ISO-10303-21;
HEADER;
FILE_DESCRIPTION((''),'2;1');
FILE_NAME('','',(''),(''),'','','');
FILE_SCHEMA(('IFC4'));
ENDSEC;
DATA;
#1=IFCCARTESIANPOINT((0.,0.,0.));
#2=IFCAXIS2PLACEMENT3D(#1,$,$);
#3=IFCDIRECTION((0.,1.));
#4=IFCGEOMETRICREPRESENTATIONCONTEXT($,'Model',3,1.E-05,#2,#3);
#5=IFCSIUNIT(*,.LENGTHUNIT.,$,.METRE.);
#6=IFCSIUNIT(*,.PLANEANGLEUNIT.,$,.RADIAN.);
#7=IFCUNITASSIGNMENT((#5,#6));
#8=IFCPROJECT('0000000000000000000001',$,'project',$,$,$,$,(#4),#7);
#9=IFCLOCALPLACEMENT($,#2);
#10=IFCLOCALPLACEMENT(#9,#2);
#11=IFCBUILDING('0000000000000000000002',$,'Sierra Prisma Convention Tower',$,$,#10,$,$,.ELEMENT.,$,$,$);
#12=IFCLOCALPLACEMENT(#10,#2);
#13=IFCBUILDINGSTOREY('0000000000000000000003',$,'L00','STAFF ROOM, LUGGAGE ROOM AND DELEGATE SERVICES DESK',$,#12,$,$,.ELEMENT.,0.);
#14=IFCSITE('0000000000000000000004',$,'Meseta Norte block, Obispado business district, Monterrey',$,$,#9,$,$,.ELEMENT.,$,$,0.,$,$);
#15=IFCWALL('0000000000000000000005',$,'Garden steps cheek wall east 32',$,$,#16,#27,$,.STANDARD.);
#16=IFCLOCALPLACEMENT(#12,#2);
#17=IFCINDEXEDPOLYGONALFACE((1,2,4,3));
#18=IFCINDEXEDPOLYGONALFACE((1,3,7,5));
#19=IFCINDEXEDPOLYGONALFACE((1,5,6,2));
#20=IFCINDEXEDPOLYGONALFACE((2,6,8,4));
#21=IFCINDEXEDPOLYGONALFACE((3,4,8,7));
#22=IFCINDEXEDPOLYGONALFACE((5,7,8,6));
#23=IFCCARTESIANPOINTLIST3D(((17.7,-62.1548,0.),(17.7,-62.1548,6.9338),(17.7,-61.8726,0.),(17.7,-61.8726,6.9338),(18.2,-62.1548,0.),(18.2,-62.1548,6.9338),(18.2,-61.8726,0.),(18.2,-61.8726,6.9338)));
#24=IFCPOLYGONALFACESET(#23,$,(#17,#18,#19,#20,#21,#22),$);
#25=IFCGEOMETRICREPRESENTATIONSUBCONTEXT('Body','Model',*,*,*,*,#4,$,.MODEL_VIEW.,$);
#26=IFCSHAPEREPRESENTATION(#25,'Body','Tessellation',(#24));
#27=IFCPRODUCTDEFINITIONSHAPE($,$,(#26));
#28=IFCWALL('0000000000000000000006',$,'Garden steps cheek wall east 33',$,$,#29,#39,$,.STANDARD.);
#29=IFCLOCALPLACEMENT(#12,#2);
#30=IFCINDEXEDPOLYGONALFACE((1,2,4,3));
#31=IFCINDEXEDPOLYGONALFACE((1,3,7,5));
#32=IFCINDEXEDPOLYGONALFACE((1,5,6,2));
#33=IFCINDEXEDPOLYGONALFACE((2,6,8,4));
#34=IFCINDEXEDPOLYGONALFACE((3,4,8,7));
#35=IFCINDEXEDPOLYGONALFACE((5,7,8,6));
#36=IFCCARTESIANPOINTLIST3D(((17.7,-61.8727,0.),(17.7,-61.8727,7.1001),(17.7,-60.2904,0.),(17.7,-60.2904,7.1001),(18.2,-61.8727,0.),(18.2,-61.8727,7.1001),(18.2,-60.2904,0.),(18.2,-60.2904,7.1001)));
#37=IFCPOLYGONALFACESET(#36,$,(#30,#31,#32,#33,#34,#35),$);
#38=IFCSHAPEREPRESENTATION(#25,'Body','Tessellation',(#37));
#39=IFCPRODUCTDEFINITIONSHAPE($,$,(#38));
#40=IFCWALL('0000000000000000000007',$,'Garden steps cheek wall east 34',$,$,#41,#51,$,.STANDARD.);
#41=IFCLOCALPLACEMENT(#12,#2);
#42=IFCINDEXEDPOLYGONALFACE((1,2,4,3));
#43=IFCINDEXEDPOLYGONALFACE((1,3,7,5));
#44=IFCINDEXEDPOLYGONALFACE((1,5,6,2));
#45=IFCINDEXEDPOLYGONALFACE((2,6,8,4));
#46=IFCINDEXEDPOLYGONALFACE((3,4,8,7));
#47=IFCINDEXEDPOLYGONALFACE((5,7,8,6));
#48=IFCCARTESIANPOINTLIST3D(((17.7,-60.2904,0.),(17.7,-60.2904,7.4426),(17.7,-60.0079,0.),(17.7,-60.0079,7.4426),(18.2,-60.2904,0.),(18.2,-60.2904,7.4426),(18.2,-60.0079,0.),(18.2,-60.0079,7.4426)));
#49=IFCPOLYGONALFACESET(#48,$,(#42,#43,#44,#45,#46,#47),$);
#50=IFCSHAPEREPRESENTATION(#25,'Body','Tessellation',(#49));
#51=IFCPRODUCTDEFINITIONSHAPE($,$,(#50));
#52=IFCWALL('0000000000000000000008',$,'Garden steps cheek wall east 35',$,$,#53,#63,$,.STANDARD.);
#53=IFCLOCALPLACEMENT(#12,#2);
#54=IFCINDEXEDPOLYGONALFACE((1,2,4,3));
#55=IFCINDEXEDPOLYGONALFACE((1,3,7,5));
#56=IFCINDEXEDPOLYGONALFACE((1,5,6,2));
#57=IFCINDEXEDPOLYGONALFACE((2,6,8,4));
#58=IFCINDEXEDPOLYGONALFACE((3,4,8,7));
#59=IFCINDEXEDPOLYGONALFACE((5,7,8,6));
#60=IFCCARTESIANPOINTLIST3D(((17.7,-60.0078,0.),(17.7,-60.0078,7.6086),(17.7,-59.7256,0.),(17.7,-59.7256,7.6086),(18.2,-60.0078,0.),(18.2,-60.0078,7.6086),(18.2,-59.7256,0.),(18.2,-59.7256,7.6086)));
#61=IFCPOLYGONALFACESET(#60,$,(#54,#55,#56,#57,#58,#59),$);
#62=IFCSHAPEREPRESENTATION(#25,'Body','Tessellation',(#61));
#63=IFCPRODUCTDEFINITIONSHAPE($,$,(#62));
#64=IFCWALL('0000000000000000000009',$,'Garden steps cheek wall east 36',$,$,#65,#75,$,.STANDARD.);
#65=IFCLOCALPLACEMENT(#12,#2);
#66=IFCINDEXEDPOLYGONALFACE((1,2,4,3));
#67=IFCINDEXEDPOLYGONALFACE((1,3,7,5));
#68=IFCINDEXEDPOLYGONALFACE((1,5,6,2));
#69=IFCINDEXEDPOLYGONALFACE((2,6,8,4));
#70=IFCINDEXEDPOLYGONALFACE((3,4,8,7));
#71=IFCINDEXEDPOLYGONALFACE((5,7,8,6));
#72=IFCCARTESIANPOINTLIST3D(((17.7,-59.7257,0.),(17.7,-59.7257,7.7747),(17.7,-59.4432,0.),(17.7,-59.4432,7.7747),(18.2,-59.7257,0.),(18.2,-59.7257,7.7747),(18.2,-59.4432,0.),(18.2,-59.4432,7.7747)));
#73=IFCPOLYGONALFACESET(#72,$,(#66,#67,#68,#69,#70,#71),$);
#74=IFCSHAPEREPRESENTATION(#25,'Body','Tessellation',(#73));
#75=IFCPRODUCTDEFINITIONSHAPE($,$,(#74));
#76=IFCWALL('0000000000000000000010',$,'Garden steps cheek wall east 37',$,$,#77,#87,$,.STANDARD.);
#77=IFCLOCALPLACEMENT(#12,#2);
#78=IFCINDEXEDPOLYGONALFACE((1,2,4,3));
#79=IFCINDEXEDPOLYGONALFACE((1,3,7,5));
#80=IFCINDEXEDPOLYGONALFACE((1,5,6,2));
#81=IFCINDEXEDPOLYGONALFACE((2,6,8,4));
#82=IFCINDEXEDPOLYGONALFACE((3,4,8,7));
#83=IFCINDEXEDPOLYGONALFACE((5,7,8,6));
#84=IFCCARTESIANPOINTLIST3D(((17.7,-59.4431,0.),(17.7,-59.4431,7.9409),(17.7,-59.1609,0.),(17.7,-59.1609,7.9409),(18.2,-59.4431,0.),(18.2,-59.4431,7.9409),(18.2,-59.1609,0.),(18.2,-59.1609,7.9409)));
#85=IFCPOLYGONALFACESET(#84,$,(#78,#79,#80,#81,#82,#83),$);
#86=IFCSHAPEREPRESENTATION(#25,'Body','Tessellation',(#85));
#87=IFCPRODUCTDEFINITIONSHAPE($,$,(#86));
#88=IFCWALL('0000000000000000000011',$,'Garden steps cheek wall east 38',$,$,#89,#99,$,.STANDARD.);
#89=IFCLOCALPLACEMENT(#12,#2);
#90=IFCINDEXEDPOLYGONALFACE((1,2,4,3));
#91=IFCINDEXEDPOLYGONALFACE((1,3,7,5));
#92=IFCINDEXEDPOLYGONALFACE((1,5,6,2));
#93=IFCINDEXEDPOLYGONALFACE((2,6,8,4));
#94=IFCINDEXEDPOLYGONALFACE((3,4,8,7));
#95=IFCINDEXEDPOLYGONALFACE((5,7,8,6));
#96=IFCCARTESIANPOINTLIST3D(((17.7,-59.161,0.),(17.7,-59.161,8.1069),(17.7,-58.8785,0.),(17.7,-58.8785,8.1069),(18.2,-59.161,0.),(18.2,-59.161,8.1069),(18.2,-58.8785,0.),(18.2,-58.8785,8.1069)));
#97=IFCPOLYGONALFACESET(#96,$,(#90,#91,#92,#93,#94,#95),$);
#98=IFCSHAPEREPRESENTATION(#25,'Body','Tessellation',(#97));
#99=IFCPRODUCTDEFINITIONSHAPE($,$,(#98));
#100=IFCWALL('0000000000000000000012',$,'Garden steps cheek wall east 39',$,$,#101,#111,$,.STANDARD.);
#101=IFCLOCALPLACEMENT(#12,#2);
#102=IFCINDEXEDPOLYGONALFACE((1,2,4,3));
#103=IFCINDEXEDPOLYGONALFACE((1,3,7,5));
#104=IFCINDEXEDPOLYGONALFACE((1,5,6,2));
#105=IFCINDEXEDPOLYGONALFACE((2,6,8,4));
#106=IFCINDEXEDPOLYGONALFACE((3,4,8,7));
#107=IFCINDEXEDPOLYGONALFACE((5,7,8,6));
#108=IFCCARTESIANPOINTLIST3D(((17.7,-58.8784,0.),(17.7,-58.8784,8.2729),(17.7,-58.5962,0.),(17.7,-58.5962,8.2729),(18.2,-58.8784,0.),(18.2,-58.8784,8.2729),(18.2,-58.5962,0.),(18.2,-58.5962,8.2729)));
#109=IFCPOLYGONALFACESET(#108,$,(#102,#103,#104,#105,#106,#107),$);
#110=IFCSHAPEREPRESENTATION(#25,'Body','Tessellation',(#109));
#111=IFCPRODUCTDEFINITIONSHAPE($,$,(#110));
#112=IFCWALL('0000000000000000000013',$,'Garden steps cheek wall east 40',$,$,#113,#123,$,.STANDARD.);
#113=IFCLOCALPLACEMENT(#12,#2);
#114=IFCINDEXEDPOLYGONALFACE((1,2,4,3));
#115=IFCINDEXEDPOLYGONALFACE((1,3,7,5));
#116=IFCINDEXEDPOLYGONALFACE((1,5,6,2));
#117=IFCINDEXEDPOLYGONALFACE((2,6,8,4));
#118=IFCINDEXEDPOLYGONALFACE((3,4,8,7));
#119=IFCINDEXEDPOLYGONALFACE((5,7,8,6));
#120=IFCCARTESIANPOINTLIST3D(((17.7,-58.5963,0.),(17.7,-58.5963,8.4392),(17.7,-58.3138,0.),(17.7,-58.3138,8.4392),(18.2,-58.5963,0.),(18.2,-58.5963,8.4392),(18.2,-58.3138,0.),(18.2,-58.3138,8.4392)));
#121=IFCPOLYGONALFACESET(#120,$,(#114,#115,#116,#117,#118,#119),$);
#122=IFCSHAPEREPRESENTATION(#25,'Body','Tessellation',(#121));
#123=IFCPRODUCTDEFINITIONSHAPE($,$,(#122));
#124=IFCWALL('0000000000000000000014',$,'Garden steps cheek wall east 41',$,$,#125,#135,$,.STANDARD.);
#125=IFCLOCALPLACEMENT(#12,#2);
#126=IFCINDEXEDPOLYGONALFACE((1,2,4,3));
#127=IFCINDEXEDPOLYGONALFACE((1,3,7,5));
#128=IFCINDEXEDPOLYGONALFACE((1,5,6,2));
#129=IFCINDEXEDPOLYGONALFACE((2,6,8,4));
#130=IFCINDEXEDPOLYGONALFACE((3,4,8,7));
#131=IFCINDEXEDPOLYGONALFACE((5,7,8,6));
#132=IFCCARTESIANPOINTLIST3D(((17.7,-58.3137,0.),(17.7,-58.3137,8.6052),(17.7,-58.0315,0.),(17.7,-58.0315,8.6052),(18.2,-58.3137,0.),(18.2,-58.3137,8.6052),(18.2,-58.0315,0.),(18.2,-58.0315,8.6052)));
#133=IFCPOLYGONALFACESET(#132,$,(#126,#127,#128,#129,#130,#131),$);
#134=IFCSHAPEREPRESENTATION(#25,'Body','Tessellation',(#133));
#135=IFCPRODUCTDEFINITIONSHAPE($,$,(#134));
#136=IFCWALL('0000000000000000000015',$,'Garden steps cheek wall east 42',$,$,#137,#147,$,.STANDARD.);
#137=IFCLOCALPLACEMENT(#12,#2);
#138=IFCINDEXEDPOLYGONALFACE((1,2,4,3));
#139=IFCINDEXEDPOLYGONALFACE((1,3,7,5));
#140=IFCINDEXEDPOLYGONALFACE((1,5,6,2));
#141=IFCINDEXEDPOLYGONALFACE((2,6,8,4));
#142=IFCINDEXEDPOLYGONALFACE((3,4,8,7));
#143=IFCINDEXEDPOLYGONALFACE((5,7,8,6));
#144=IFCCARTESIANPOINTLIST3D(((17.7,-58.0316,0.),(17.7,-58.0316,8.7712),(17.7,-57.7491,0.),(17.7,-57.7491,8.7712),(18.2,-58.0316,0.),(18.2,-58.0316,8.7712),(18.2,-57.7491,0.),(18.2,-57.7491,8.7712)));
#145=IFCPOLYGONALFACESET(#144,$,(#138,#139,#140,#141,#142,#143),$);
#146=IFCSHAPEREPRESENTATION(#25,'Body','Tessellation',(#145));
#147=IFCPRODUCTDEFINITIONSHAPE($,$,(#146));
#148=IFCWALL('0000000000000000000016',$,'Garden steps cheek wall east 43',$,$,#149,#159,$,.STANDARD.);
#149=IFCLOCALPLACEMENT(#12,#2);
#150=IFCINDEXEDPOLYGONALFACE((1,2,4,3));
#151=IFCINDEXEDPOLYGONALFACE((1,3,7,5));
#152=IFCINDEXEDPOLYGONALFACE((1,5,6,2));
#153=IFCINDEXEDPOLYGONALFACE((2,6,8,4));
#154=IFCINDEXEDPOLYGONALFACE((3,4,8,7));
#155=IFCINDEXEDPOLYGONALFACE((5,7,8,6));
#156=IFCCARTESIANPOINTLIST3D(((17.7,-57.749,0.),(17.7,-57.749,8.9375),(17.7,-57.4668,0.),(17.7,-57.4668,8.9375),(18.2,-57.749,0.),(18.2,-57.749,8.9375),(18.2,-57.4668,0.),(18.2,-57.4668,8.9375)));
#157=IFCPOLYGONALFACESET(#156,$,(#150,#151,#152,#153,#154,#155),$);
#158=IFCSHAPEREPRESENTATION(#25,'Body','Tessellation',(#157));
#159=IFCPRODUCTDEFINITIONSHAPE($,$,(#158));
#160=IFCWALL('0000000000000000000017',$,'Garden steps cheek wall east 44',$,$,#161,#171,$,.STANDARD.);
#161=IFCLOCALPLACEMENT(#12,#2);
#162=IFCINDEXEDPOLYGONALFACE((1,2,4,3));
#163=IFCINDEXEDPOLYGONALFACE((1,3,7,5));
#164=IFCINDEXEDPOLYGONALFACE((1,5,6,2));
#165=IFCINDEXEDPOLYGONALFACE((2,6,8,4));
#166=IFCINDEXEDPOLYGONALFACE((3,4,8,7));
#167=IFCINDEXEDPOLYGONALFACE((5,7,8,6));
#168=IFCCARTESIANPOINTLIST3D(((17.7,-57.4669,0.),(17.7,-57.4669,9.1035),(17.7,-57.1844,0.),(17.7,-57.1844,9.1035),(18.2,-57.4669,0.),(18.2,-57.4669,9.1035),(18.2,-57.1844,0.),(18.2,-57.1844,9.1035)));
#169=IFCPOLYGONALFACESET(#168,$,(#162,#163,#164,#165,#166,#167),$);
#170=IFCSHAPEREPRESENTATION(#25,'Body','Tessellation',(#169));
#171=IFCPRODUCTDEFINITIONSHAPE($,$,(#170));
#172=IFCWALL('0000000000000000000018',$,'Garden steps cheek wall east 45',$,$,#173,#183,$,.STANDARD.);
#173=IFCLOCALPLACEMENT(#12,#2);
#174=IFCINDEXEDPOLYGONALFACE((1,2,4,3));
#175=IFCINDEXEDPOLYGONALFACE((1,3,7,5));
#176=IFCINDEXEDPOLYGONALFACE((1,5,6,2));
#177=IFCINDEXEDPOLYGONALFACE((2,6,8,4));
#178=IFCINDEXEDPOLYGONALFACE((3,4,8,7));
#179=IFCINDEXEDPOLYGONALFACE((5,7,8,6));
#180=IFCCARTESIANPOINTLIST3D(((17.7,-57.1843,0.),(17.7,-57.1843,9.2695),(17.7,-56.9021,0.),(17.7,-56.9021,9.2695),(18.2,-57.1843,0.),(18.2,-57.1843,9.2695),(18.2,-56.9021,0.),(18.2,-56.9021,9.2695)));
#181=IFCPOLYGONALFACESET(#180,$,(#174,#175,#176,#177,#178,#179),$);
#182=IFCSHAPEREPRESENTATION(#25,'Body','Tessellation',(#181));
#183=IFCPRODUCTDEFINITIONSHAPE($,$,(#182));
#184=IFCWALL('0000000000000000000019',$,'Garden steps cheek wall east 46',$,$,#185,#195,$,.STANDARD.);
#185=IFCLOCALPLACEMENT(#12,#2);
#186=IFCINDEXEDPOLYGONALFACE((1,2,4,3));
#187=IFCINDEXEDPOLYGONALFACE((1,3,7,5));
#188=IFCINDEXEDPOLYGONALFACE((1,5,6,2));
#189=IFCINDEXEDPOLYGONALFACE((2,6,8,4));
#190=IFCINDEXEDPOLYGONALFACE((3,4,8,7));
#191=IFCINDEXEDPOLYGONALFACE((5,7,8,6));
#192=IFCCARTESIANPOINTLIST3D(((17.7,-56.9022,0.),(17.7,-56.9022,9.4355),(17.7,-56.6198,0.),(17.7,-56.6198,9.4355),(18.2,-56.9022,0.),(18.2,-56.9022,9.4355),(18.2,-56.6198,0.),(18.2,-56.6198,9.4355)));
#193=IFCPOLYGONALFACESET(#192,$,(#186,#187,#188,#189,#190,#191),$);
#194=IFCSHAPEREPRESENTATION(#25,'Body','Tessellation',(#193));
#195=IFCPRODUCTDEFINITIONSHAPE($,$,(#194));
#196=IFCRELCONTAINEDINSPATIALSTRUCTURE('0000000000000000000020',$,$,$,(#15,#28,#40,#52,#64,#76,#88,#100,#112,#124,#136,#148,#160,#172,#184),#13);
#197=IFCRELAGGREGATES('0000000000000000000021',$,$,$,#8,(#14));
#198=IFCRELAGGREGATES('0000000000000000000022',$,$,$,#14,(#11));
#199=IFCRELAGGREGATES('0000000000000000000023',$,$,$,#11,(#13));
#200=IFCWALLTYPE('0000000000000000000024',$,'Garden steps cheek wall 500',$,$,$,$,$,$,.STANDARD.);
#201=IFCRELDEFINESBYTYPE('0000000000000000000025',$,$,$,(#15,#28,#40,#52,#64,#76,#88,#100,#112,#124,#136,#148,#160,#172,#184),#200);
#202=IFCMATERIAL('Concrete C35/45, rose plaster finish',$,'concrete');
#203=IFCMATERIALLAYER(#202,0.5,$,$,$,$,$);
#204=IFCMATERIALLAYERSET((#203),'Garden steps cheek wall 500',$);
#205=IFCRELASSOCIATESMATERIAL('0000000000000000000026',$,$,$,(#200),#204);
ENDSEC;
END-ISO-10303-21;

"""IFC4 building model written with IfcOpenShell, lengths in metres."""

from ifc_helpers import new_model, si_unit, direction, frame, frame_2d, origin, place, context, subcontext, project, spatial, rectangle, extrude, material, layer, layer_set, type_object, element, save


model = new_model("IFC4")

# Units and contexts
model_context = context("Model", 3, precision=1e-05, world=origin(), true_north=direction((0.0, 1.0)))
body_context = subcontext(model_context, "Body", "Model", "MODEL_VIEW")
ifc_project = project(units=[si_unit("LENGTHUNIT", "METRE"), si_unit("PLANEANGLEUNIT", "RADIAN")], contexts=[model_context])

# Site, building, storey
site_placement = place(None, origin())
site = spatial("IfcSite", under=ifc_project, at=site_placement, Name="Meseta Norte block, Obispado business district, Monterrey", CompositionType="ELEMENT", RefElevation=0.0)
building_placement = place(site_placement, origin())
building = spatial("IfcBuilding", under=site, at=building_placement, Name="Sierra Prisma Convention Tower", CompositionType="ELEMENT")
storey_placement = place(building_placement, origin())
storey = spatial("IfcBuildingStorey", under=building, at=storey_placement, Name="L00", Description="STAFF ROOM, LUGGAGE ROOM AND DELEGATE SERVICES DESK", CompositionType="ELEMENT", Elevation=0.0)

# Walls
ifc_material_1 = material(Name="Concrete C35/45, rose plaster finish", Category="concrete")
ifc_layer_1 = layer(ifc_material_1, 0.5)
ifc_layer_set_1 = layer_set([ifc_layer_1], Name="Garden steps cheek wall 500")
wall_type_1 = type_object("IfcWallType", Name="Garden steps cheek wall 500", PredefinedType="STANDARD", material=ifc_layer_set_1)
wall_1_placement = place(storey_placement, frame((17.95, -62.1548, 0.0), z_axis=(0.0, 0.0, 1.0), x_axis=(0.0, 1.0, 0.0)))
element("IfcWall", 1, at=wall_1_placement, inside=storey, type_object=wall_type_1, Name="Garden steps cheek wall east 32", PredefinedType="STANDARD", context=body_context, shape_type="SweptSolid", body=[
    extrude(rectangle(XDim=0.2822, YDim=0.5, at=frame_2d((0.1411, 0.0))), origin(), (0.0, 0.0, 1.0), 6.9338),
])
wall_2_placement = place(storey_placement, frame((17.95, -61.8726, 0.0), z_axis=(0.0, 0.0, 1.0), x_axis=(0.0, 1.0, 0.0)))
element("IfcWall", 2, at=wall_2_placement, inside=storey, type_object=wall_type_1, Name="Garden steps cheek wall east 33", PredefinedType="STANDARD", context=body_context, shape_type="SweptSolid", body=[
    extrude(rectangle(XDim=1.5823, YDim=0.5, at=frame_2d((0.791, 0.0))), origin(), (0.0, 0.0, 1.0), 7.1001),
])
wall_3_placement = place(storey_placement, frame((17.95, -60.2903, 0.0), z_axis=(0.0, 0.0, 1.0), x_axis=(0.0, 1.0, 0.0)))
element("IfcWall", 3, at=wall_3_placement, inside=storey, type_object=wall_type_1, Name="Garden steps cheek wall east 34", PredefinedType="STANDARD", context=body_context, shape_type="SweptSolid", body=[
    extrude(rectangle(XDim=0.2825, YDim=0.5, at=frame_2d((0.1411, 0.0))), origin(), (0.0, 0.0, 1.0), 7.4426),
])
wall_4_placement = place(storey_placement, frame((17.95, -60.0078, 0.0), z_axis=(0.0, 0.0, 1.0), x_axis=(0.0, 1.0, 0.0)))
element("IfcWall", 4, at=wall_4_placement, inside=storey, type_object=wall_type_1, Name="Garden steps cheek wall east 35", PredefinedType="STANDARD", context=body_context, shape_type="SweptSolid", body=[
    extrude(rectangle(XDim=0.2822, YDim=0.5, at=frame_2d((0.1411, 0.0))), origin(), (0.0, 0.0, 1.0), 7.6086),
])
wall_5_placement = place(storey_placement, frame((17.95, -59.7256, 0.0), z_axis=(0.0, 0.0, 1.0), x_axis=(0.0, 1.0, 0.0)))
element("IfcWall", 5, at=wall_5_placement, inside=storey, type_object=wall_type_1, Name="Garden steps cheek wall east 36", PredefinedType="STANDARD", context=body_context, shape_type="SweptSolid", body=[
    extrude(rectangle(XDim=0.2825, YDim=0.5, at=frame_2d((0.1411, 0.0))), origin(), (0.0, 0.0, 1.0), 7.7747),
])
wall_6_placement = place(storey_placement, frame((17.95, -59.4431, 0.0), z_axis=(0.0, 0.0, 1.0), x_axis=(0.0, 1.0, 0.0)))
element("IfcWall", 6, at=wall_6_placement, inside=storey, type_object=wall_type_1, Name="Garden steps cheek wall east 37", PredefinedType="STANDARD", context=body_context, shape_type="SweptSolid", body=[
    extrude(rectangle(XDim=0.2822, YDim=0.5, at=frame_2d((0.1411, 0.0))), origin(), (0.0, 0.0, 1.0), 7.9409),
])
wall_7_placement = place(storey_placement, frame((17.95, -59.1609, 0.0), z_axis=(0.0, 0.0, 1.0), x_axis=(0.0, 1.0, 0.0)))
element("IfcWall", 7, at=wall_7_placement, inside=storey, type_object=wall_type_1, Name="Garden steps cheek wall east 38", PredefinedType="STANDARD", context=body_context, shape_type="SweptSolid", body=[
    extrude(rectangle(XDim=0.2825, YDim=0.5, at=frame_2d((0.1411, 0.0))), origin(), (0.0, 0.0, 1.0), 8.1069),
])
wall_8_placement = place(storey_placement, frame((17.95, -58.8784, 0.0), z_axis=(0.0, 0.0, 1.0), x_axis=(0.0, 1.0, 0.0)))
element("IfcWall", 8, at=wall_8_placement, inside=storey, type_object=wall_type_1, Name="Garden steps cheek wall east 39", PredefinedType="STANDARD", context=body_context, shape_type="SweptSolid", body=[
    extrude(rectangle(XDim=0.2822, YDim=0.5, at=frame_2d((0.1411, 0.0))), origin(), (0.0, 0.0, 1.0), 8.2729),
])
wall_9_placement = place(storey_placement, frame((17.95, -58.5962, 0.0), z_axis=(0.0, 0.0, 1.0), x_axis=(0.0, 1.0, 0.0)))
element("IfcWall", 9, at=wall_9_placement, inside=storey, type_object=wall_type_1, Name="Garden steps cheek wall east 40", PredefinedType="STANDARD", context=body_context, shape_type="SweptSolid", body=[
    extrude(rectangle(XDim=0.2825, YDim=0.5, at=frame_2d((0.1411, 0.0))), origin(), (0.0, 0.0, 1.0), 8.4392),
])
wall_10_placement = place(storey_placement, frame((17.95, -58.3137, 0.0), z_axis=(0.0, 0.0, 1.0), x_axis=(0.0, 1.0, 0.0)))
element("IfcWall", 10, at=wall_10_placement, inside=storey, type_object=wall_type_1, Name="Garden steps cheek wall east 41", PredefinedType="STANDARD", context=body_context, shape_type="SweptSolid", body=[
    extrude(rectangle(XDim=0.2822, YDim=0.5, at=frame_2d((0.1411, 0.0))), origin(), (0.0, 0.0, 1.0), 8.6052),
])
wall_11_placement = place(storey_placement, frame((17.95, -58.0315, 0.0), z_axis=(0.0, 0.0, 1.0), x_axis=(0.0, 1.0, 0.0)))
element("IfcWall", 11, at=wall_11_placement, inside=storey, type_object=wall_type_1, Name="Garden steps cheek wall east 42", PredefinedType="STANDARD", context=body_context, shape_type="SweptSolid", body=[
    extrude(rectangle(XDim=0.2825, YDim=0.5, at=frame_2d((0.1411, 0.0))), origin(), (0.0, 0.0, 1.0), 8.7712),
])
wall_12_placement = place(storey_placement, frame((17.95, -57.749, 0.0), z_axis=(0.0, 0.0, 1.0), x_axis=(0.0, 1.0, 0.0)))
element("IfcWall", 12, at=wall_12_placement, inside=storey, type_object=wall_type_1, Name="Garden steps cheek wall east 43", PredefinedType="STANDARD", context=body_context, shape_type="SweptSolid", body=[
    extrude(rectangle(XDim=0.2822, YDim=0.5, at=frame_2d((0.1411, 0.0))), origin(), (0.0, 0.0, 1.0), 8.9375),
])
wall_13_placement = place(storey_placement, frame((17.95, -57.4668, 0.0), z_axis=(0.0, 0.0, 1.0), x_axis=(0.0, 1.0, 0.0)))
element("IfcWall", 13, at=wall_13_placement, inside=storey, type_object=wall_type_1, Name="Garden steps cheek wall east 44", PredefinedType="STANDARD", context=body_context, shape_type="SweptSolid", body=[
    extrude(rectangle(XDim=0.2825, YDim=0.5, at=frame_2d((0.1411, 0.0))), origin(), (0.0, 0.0, 1.0), 9.1035),
])
wall_14_placement = place(storey_placement, frame((17.95, -57.1843, 0.0), z_axis=(0.0, 0.0, 1.0), x_axis=(0.0, 1.0, 0.0)))
element("IfcWall", 14, at=wall_14_placement, inside=storey, type_object=wall_type_1, Name="Garden steps cheek wall east 45", PredefinedType="STANDARD", context=body_context, shape_type="SweptSolid", body=[
    extrude(rectangle(XDim=0.2822, YDim=0.5, at=frame_2d((0.1411, 0.0))), origin(), (0.0, 0.0, 1.0), 9.2695),
])
wall_15_placement = place(storey_placement, frame((17.95, -56.9021, 0.0), z_axis=(0.0, 0.0, 1.0), x_axis=(0.0, 1.0, 0.0)))
element("IfcWall", 15, at=wall_15_placement, inside=storey, type_object=wall_type_1, Name="Garden steps cheek wall east 46", PredefinedType="STANDARD", context=body_context, shape_type="SweptSolid", body=[
    extrude(rectangle(XDim=0.2825, YDim=0.5, at=frame_2d((0.1411, 0.0))), origin(), (0.0, 0.0, 1.0), 9.4355),
])

save(model, "model.ifc")
